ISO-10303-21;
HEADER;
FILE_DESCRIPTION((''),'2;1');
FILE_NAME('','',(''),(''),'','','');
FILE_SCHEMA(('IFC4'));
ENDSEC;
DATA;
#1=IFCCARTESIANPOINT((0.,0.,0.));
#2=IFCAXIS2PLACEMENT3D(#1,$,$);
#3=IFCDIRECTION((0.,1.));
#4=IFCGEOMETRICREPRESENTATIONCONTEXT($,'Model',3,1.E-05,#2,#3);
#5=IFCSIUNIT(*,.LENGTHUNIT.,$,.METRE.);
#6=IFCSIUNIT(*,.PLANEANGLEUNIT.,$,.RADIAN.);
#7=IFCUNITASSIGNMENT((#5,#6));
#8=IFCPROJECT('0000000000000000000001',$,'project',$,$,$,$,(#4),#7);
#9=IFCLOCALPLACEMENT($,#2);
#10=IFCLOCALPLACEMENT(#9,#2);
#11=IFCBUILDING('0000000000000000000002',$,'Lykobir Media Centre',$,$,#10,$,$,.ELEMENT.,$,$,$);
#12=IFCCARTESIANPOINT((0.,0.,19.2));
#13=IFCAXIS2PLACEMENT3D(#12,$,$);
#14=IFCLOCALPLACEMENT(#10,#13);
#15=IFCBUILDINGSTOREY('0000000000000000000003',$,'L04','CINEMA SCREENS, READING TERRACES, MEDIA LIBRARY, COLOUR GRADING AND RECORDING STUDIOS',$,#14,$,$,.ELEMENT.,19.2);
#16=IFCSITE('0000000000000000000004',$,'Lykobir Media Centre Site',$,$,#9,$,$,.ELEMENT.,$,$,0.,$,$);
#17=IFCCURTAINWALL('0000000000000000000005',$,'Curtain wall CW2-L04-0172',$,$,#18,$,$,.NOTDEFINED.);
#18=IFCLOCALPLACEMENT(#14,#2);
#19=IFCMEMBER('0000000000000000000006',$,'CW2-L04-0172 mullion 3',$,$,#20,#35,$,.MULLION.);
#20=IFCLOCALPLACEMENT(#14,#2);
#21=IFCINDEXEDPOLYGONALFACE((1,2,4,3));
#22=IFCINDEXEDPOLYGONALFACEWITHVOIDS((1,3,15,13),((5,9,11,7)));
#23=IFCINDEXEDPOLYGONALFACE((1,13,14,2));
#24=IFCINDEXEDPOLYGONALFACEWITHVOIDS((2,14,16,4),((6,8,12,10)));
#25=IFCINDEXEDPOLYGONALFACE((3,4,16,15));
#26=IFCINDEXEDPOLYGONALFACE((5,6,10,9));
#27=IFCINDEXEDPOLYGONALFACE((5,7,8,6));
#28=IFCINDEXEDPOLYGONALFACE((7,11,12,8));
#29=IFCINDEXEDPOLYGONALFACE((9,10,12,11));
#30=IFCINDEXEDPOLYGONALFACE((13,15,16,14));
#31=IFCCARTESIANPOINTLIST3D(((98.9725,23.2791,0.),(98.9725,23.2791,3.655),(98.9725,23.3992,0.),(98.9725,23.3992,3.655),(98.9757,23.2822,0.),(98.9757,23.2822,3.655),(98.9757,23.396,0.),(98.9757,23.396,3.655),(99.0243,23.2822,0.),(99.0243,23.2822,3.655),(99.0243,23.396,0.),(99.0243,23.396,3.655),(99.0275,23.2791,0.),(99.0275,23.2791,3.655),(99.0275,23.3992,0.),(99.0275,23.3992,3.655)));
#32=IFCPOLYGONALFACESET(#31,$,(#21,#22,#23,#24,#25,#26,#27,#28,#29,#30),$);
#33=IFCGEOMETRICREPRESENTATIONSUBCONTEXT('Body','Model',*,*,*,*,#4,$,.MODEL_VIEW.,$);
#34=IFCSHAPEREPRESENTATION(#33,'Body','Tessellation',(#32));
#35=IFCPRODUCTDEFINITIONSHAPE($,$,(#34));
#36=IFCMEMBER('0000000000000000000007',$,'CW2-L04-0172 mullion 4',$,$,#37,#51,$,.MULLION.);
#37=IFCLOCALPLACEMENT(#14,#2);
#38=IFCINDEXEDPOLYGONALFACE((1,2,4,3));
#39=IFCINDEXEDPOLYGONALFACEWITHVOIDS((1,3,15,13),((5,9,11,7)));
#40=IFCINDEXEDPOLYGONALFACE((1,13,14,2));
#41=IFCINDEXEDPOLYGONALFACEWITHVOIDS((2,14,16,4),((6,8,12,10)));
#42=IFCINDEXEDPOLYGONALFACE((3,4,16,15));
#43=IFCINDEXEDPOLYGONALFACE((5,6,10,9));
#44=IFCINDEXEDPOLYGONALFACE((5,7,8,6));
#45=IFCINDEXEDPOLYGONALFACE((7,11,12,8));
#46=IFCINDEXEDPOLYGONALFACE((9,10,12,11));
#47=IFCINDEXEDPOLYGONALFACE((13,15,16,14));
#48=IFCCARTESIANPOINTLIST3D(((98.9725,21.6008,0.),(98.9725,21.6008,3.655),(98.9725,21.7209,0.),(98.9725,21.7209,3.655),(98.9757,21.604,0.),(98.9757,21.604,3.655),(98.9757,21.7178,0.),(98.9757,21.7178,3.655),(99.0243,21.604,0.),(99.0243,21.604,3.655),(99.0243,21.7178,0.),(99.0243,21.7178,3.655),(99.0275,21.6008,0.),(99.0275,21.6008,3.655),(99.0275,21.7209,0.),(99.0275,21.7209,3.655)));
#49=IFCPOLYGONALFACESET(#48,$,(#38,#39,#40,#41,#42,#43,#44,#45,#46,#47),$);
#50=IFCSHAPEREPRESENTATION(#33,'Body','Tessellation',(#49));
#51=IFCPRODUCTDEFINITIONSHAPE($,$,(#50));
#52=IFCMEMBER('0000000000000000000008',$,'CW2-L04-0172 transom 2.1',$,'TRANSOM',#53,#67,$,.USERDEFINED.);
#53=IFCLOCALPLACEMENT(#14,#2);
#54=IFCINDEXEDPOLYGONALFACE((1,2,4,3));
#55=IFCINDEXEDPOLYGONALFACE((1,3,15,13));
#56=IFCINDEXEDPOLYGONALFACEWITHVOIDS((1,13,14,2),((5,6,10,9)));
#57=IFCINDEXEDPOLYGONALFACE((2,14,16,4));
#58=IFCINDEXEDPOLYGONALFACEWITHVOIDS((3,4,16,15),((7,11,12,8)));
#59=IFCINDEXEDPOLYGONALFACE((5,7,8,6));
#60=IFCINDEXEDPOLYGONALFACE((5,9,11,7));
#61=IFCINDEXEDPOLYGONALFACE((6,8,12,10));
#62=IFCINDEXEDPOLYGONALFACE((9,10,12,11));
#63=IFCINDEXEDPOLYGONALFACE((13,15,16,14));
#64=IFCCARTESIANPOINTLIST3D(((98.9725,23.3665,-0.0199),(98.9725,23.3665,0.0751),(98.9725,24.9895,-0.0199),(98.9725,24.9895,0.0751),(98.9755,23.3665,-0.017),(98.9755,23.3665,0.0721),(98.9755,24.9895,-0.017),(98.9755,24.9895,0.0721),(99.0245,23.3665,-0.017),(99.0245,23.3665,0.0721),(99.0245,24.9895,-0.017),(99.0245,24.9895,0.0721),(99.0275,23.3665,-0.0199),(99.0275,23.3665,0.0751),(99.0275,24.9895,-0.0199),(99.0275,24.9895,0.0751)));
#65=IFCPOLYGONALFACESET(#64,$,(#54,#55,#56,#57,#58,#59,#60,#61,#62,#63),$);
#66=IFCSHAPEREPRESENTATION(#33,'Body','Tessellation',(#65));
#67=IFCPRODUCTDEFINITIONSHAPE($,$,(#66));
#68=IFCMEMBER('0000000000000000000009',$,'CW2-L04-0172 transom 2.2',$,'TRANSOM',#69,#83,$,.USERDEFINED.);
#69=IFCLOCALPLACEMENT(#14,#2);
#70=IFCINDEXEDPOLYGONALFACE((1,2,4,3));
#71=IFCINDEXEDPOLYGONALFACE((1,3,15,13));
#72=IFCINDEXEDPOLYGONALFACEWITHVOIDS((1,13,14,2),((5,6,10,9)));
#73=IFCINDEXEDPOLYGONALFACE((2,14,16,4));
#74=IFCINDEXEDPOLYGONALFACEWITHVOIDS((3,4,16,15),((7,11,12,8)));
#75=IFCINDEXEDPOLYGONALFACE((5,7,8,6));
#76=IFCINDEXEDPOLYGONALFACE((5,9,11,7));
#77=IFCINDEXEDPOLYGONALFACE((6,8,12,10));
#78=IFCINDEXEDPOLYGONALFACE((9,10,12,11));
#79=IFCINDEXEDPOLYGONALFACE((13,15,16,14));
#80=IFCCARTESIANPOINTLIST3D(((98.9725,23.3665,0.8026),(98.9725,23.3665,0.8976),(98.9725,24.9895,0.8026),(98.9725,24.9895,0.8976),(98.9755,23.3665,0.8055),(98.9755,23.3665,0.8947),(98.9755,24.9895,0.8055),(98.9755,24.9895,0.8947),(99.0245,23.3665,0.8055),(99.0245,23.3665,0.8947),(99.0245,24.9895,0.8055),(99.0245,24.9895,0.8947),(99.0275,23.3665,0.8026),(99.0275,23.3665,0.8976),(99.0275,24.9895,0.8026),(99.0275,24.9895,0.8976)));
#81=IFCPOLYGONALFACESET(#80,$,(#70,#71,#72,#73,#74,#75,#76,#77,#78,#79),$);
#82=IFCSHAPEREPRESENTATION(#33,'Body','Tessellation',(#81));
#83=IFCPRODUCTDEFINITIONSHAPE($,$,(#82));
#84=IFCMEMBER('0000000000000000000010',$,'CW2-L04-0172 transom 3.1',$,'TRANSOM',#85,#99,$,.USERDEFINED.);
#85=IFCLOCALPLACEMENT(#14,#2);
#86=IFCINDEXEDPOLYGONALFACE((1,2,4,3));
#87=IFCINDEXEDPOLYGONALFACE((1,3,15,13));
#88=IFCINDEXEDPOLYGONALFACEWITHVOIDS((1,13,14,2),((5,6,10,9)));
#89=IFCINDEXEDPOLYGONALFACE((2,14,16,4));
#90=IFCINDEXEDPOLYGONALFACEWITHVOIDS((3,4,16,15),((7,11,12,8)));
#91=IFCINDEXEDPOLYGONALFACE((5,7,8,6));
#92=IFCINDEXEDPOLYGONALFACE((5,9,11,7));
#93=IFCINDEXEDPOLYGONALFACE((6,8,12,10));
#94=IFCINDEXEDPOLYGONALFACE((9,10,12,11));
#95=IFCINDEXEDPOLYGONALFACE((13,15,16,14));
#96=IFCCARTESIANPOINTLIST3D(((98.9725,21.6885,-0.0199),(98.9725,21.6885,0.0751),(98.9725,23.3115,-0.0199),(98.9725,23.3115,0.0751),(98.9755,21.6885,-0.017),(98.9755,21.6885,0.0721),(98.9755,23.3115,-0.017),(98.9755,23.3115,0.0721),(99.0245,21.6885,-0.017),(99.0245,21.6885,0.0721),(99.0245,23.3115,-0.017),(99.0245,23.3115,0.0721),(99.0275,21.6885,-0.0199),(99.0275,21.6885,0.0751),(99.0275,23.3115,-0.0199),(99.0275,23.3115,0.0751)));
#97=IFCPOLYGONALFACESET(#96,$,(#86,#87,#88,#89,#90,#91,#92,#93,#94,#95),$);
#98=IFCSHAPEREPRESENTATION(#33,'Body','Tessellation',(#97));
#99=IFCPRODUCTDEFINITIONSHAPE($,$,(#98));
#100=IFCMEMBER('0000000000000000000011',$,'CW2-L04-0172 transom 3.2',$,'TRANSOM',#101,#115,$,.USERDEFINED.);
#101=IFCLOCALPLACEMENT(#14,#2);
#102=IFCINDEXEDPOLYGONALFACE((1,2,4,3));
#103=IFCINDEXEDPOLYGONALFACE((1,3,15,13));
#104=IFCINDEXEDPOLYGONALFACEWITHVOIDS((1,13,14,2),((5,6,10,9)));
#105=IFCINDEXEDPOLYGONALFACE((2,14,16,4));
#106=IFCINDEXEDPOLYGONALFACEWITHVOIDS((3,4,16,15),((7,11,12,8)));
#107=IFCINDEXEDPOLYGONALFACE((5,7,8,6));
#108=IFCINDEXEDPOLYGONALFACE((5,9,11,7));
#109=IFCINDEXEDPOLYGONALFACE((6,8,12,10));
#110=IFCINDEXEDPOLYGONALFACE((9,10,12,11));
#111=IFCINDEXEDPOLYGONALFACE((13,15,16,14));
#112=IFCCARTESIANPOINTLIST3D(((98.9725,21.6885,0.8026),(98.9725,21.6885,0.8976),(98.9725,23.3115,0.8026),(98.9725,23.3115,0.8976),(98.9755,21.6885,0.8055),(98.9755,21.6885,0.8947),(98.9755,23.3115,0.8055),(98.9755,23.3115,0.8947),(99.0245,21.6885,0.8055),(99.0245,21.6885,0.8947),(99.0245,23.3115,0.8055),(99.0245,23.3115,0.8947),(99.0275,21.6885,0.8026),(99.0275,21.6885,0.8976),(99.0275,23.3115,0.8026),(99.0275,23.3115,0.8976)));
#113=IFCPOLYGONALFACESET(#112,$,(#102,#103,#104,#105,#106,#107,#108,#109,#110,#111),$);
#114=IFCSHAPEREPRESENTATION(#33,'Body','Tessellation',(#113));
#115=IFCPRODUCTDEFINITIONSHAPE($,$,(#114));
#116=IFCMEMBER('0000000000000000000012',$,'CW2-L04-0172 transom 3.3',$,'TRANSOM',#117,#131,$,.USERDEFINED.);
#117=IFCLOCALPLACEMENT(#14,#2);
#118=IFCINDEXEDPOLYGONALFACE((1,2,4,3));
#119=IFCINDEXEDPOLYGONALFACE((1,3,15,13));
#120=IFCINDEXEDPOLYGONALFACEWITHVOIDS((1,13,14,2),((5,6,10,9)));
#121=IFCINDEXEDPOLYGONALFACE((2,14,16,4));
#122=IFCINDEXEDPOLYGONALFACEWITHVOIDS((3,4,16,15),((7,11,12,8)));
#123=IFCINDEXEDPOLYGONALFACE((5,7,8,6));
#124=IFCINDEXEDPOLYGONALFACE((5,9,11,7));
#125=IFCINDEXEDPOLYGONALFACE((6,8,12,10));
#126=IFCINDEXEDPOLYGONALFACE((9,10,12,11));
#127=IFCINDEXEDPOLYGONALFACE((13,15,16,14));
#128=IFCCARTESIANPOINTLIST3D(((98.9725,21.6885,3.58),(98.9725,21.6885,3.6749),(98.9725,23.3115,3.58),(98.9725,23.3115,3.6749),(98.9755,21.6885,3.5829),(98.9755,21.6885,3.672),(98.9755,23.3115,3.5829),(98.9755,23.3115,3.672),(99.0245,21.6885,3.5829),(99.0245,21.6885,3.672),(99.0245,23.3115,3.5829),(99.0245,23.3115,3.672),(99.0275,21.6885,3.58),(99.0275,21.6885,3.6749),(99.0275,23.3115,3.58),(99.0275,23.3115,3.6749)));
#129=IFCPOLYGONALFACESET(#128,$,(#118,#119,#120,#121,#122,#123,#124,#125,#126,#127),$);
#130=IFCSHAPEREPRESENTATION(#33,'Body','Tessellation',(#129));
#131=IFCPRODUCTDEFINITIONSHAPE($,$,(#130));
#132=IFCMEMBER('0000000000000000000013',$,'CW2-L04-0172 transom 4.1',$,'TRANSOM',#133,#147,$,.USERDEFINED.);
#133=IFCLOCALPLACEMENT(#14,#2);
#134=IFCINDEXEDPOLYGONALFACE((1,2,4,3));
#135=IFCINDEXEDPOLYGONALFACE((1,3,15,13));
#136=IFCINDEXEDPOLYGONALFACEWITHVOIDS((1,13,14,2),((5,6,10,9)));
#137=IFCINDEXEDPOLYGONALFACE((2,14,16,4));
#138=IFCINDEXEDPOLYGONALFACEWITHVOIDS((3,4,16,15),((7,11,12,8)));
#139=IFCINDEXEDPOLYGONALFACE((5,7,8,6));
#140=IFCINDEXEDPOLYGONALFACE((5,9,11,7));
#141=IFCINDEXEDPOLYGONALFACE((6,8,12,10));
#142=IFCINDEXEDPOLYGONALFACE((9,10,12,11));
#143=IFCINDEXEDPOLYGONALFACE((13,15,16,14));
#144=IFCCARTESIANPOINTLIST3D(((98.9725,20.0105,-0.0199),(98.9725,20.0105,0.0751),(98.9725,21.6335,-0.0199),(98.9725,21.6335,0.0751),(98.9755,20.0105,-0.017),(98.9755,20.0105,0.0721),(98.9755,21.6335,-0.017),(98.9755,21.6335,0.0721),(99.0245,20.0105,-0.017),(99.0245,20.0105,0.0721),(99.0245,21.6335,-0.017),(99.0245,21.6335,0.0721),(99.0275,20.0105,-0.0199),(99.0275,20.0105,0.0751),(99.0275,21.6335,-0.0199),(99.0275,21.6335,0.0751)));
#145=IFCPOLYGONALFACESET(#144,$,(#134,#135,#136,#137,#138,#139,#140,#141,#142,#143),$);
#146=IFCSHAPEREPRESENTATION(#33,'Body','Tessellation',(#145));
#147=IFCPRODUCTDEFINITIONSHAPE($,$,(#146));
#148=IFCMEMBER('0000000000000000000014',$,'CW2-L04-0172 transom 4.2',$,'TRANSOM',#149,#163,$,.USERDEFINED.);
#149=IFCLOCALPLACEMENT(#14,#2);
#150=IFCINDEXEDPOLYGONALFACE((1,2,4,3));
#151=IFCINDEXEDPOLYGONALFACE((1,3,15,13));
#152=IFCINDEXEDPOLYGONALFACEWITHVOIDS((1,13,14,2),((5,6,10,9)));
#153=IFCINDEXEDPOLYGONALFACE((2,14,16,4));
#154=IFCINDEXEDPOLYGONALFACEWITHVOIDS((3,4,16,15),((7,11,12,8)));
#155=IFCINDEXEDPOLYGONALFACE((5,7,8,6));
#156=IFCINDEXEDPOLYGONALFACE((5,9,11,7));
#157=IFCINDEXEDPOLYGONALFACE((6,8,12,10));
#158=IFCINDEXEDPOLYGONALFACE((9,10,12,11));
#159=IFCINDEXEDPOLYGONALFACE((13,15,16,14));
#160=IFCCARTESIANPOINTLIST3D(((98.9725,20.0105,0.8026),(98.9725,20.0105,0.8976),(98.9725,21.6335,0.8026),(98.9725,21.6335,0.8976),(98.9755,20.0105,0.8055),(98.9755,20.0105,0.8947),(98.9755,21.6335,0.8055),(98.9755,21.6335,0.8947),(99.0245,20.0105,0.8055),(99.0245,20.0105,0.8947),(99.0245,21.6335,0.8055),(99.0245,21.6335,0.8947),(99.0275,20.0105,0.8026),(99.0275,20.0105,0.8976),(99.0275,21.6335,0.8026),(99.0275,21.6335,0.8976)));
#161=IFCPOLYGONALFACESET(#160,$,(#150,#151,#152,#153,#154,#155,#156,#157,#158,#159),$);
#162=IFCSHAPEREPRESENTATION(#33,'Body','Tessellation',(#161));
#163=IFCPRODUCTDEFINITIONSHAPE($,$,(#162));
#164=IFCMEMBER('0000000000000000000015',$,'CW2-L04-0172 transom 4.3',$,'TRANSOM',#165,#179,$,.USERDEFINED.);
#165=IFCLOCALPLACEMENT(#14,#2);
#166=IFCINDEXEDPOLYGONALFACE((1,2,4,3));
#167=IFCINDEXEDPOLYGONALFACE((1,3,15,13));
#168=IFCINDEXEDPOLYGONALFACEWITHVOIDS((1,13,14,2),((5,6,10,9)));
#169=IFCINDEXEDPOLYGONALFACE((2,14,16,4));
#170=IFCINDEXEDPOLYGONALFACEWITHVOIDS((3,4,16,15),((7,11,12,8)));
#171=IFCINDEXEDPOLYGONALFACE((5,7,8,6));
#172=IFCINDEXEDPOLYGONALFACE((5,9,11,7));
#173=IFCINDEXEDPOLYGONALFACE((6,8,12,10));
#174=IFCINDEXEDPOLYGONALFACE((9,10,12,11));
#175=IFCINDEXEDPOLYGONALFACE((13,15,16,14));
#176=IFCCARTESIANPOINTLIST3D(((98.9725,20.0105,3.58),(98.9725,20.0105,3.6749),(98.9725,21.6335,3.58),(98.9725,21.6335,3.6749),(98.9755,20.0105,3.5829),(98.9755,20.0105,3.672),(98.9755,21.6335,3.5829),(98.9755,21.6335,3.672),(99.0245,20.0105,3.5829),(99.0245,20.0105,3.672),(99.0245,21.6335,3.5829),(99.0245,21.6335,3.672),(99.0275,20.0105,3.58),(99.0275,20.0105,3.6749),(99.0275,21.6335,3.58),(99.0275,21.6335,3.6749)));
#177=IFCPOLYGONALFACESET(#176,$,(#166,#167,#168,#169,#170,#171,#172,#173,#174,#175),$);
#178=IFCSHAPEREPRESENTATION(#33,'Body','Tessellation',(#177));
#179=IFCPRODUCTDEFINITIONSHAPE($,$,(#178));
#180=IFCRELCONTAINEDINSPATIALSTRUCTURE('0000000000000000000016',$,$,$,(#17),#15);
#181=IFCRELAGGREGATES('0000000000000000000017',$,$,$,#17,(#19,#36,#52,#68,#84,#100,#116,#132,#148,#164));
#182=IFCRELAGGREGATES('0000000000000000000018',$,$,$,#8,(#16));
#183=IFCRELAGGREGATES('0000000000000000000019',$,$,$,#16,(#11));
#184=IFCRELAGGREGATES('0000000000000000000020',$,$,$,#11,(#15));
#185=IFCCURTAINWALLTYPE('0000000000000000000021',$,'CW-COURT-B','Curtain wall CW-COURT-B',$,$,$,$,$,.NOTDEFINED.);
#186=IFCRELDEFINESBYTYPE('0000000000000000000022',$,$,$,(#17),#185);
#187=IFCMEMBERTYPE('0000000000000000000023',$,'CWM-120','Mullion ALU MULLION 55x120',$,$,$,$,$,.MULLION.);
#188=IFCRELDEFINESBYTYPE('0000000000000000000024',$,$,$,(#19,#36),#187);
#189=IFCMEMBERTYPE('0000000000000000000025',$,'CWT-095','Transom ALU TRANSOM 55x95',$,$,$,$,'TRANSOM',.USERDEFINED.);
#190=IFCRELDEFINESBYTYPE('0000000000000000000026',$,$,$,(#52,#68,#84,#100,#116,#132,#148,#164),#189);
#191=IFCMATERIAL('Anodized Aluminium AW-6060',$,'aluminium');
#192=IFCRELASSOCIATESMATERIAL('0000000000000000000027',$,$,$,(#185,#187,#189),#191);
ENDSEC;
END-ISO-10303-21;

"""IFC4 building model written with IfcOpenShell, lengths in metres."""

from ifc_helpers import new_model, si_unit, direction, frame, origin, origin_2d, place, context, subcontext, project, spatial, hollow_rectangle, extrude, material, material_profile, profile_set, type_object, element, aggregate, save


model = new_model("IFC4")

# Units and contexts
model_context = context("Model", 3, precision=1e-05, world=origin(), true_north=direction((0.0, 1.0)))
body_context = subcontext(model_context, "Body", "Model", "MODEL_VIEW")
ifc_project = project(units=[si_unit("LENGTHUNIT", "METRE"), si_unit("PLANEANGLEUNIT", "RADIAN")], contexts=[model_context])

# Site, building, storey
site_placement = place(None, origin())
site = spatial("IfcSite", under=ifc_project, at=site_placement, Name="Lykobir Media Centre Site", CompositionType="ELEMENT", RefElevation=0.0)
building_placement = place(site_placement, origin())
building = spatial("IfcBuilding", under=site, at=building_placement, Name="Lykobir Media Centre", CompositionType="ELEMENT")
storey_placement = place(building_placement, frame((0.0, 0.0, 19.2)))
storey = spatial("IfcBuildingStorey", under=building, at=storey_placement, Name="L04", Description="CINEMA SCREENS, READING TERRACES, MEDIA LIBRARY, COLOUR GRADING AND RECORDING STUDIOS", CompositionType="ELEMENT", Elevation=19.2)

# Curtain wall, members
ifc_material_1 = material(Name="Anodized Aluminium AW-6060", Category="aluminium")
curtain_wall_type = type_object("IfcCurtainWallType", Name="CW-COURT-B", Description="Curtain wall CW-COURT-B", PredefinedType="NOTDEFINED", material=ifc_material_1)
curtain_wall_placement = place(storey_placement, origin())
curtain_wall = element("IfcCurtainWall", 1, at=curtain_wall_placement, inside=storey, type_object=curtain_wall_type, Name="Curtain wall CW2-L04-0172", PredefinedType="NOTDEFINED")
ifc_material_profile_1 = material_profile(ifc_material_1, hollow_rectangle(XDim=0.0549, YDim=0.1201, WallThickness=0.0032, at=origin_2d()), Name="ALU MULLION 55x120")
ifc_profile_set_1 = profile_set([ifc_material_profile_1], Name="Anodized Aluminium AW-6060")
member_type_1 = type_object("IfcMemberType", Name="CWM-120", Description="Mullion ALU MULLION 55x120", PredefinedType="MULLION", material=ifc_profile_set_1)
member_1_placement = place(storey_placement, frame((99.0, 23.3391, 0.0), z_axis=(0.0, 0.0, 1.0), x_axis=(1.0, 0.0, 0.0)))
member_1 = element("IfcMember", 2, at=member_1_placement, type_object=member_type_1, Name="CW2-L04-0172 mullion 3", PredefinedType="MULLION", context=body_context, shape_type="SweptSolid", body=[
    extrude(hollow_rectangle(XDim=0.0549, YDim=0.1201, WallThickness=0.0032, at=origin_2d()), origin(), (0.0, 0.0, 1.0), 3.655),
])
member_2_placement = place(storey_placement, frame((99.0, 21.6609, 0.0), z_axis=(0.0, 0.0, 1.0), x_axis=(1.0, 0.0, 0.0)))
member_2 = element("IfcMember", 3, at=member_2_placement, type_object=member_type_1, Name="CW2-L04-0172 mullion 4", PredefinedType="MULLION", context=body_context, shape_type="SweptSolid", body=[
    extrude(hollow_rectangle(XDim=0.0549, YDim=0.1201, WallThickness=0.0032, at=origin_2d()), origin(), (0.0, 0.0, 1.0), 3.655),
])
ifc_material_profile_2 = material_profile(ifc_material_1, hollow_rectangle(XDim=0.0549, YDim=0.095, WallThickness=0.0029, at=origin_2d()), Name="ALU TRANSOM 55x95")
ifc_profile_set_2 = profile_set([ifc_material_profile_2], Name="Anodized Aluminium AW-6060")
member_type_2 = type_object("IfcMemberType", Name="CWT-095", Description="Transom ALU TRANSOM 55x95", ElementType="TRANSOM", PredefinedType="USERDEFINED", material=ifc_profile_set_2)
member_3_placement = place(storey_placement, frame((99.0, 24.9895, 0.0276), z_axis=(0.0, -1.0, 0.0), x_axis=(1.0, 0.0, 0.0)))
member_3 = element("IfcMember", 4, at=member_3_placement, type_object=member_type_2, Name="CW2-L04-0172 transom 2.1", ObjectType="TRANSOM", PredefinedType="USERDEFINED", context=body_context, shape_type="SweptSolid", body=[
    extrude(hollow_rectangle(XDim=0.0549, YDim=0.095, WallThickness=0.0029, at=origin_2d()), origin(), (0.0, 0.0, 1.0), 1.623),
])
member_4_placement = place(storey_placement, frame((99.0, 24.9895, 0.8501), z_axis=(0.0, -1.0, 0.0), x_axis=(1.0, 0.0, 0.0)))
member_4 = element("IfcMember", 5, at=member_4_placement, type_object=member_type_2, Name="CW2-L04-0172 transom 2.2", ObjectType="TRANSOM", PredefinedType="USERDEFINED", context=body_context, shape_type="SweptSolid", body=[
    extrude(hollow_rectangle(XDim=0.0549, YDim=0.095, WallThickness=0.0029, at=origin_2d()), origin(), (0.0, 0.0, 1.0), 1.623),
])
member_5_placement = place(storey_placement, frame((99.0, 23.3115, 0.0276), z_axis=(0.0, -1.0, 0.0), x_axis=(1.0, 0.0, 0.0)))
member_5 = element("IfcMember", 6, at=member_5_placement, type_object=member_type_2, Name="CW2-L04-0172 transom 3.1", ObjectType="TRANSOM", PredefinedType="USERDEFINED", context=body_context, shape_type="SweptSolid", body=[
    extrude(hollow_rectangle(XDim=0.0549, YDim=0.095, WallThickness=0.0029, at=origin_2d()), origin(), (0.0, 0.0, 1.0), 1.623),
])
member_6_placement = place(storey_placement, frame((99.0, 23.3115, 0.8501), z_axis=(0.0, -1.0, 0.0), x_axis=(1.0, 0.0, 0.0)))
member_6 = element("IfcMember", 7, at=member_6_placement, type_object=member_type_2, Name="CW2-L04-0172 transom 3.2", ObjectType="TRANSOM", PredefinedType="USERDEFINED", context=body_context, shape_type="SweptSolid", body=[
    extrude(hollow_rectangle(XDim=0.0549, YDim=0.095, WallThickness=0.0029, at=origin_2d()), origin(), (0.0, 0.0, 1.0), 1.623),
])
member_7_placement = place(storey_placement, frame((99.0, 23.3115, 3.6274), z_axis=(0.0, -1.0, 0.0), x_axis=(1.0, 0.0, 0.0)))
member_7 = element("IfcMember", 8, at=member_7_placement, type_object=member_type_2, Name="CW2-L04-0172 transom 3.3", ObjectType="TRANSOM", PredefinedType="USERDEFINED", context=body_context, shape_type="SweptSolid", body=[
    extrude(hollow_rectangle(XDim=0.0549, YDim=0.095, WallThickness=0.0029, at=origin_2d()), origin(), (0.0, 0.0, 1.0), 1.623),
])
member_8_placement = place(storey_placement, frame((99.0, 21.6335, 0.0276), z_axis=(0.0, -1.0, 0.0), x_axis=(1.0, 0.0, 0.0)))
member_8 = element("IfcMember", 9, at=member_8_placement, type_object=member_type_2, Name="CW2-L04-0172 transom 4.1", ObjectType="TRANSOM", PredefinedType="USERDEFINED", context=body_context, shape_type="SweptSolid", body=[
    extrude(hollow_rectangle(XDim=0.0549, YDim=0.095, WallThickness=0.0029, at=origin_2d()), origin(), (0.0, 0.0, 1.0), 1.623),
])
member_9_placement = place(storey_placement, frame((99.0, 21.6335, 0.8501), z_axis=(0.0, -1.0, 0.0), x_axis=(1.0, 0.0, 0.0)))
member_9 = element("IfcMember", 10, at=member_9_placement, type_object=member_type_2, Name="CW2-L04-0172 transom 4.2", ObjectType="TRANSOM", PredefinedType="USERDEFINED", context=body_context, shape_type="SweptSolid", body=[
    extrude(hollow_rectangle(XDim=0.0549, YDim=0.095, WallThickness=0.0029, at=origin_2d()), origin(), (0.0, 0.0, 1.0), 1.623),
])
member_10_placement = place(storey_placement, frame((99.0, 21.6335, 3.6274), z_axis=(0.0, -1.0, 0.0), x_axis=(1.0, 0.0, 0.0)))
member_10 = element("IfcMember", 11, at=member_10_placement, type_object=member_type_2, Name="CW2-L04-0172 transom 4.3", ObjectType="TRANSOM", PredefinedType="USERDEFINED", context=body_context, shape_type="SweptSolid", body=[
    extrude(hollow_rectangle(XDim=0.0549, YDim=0.095, WallThickness=0.0029, at=origin_2d()), origin(), (0.0, 0.0, 1.0), 1.623),
])

aggregate(curtain_wall, [member_1, member_2, member_3, member_4, member_5, member_6, member_7, member_8, member_9, member_10])

save(model, "model.ifc")
